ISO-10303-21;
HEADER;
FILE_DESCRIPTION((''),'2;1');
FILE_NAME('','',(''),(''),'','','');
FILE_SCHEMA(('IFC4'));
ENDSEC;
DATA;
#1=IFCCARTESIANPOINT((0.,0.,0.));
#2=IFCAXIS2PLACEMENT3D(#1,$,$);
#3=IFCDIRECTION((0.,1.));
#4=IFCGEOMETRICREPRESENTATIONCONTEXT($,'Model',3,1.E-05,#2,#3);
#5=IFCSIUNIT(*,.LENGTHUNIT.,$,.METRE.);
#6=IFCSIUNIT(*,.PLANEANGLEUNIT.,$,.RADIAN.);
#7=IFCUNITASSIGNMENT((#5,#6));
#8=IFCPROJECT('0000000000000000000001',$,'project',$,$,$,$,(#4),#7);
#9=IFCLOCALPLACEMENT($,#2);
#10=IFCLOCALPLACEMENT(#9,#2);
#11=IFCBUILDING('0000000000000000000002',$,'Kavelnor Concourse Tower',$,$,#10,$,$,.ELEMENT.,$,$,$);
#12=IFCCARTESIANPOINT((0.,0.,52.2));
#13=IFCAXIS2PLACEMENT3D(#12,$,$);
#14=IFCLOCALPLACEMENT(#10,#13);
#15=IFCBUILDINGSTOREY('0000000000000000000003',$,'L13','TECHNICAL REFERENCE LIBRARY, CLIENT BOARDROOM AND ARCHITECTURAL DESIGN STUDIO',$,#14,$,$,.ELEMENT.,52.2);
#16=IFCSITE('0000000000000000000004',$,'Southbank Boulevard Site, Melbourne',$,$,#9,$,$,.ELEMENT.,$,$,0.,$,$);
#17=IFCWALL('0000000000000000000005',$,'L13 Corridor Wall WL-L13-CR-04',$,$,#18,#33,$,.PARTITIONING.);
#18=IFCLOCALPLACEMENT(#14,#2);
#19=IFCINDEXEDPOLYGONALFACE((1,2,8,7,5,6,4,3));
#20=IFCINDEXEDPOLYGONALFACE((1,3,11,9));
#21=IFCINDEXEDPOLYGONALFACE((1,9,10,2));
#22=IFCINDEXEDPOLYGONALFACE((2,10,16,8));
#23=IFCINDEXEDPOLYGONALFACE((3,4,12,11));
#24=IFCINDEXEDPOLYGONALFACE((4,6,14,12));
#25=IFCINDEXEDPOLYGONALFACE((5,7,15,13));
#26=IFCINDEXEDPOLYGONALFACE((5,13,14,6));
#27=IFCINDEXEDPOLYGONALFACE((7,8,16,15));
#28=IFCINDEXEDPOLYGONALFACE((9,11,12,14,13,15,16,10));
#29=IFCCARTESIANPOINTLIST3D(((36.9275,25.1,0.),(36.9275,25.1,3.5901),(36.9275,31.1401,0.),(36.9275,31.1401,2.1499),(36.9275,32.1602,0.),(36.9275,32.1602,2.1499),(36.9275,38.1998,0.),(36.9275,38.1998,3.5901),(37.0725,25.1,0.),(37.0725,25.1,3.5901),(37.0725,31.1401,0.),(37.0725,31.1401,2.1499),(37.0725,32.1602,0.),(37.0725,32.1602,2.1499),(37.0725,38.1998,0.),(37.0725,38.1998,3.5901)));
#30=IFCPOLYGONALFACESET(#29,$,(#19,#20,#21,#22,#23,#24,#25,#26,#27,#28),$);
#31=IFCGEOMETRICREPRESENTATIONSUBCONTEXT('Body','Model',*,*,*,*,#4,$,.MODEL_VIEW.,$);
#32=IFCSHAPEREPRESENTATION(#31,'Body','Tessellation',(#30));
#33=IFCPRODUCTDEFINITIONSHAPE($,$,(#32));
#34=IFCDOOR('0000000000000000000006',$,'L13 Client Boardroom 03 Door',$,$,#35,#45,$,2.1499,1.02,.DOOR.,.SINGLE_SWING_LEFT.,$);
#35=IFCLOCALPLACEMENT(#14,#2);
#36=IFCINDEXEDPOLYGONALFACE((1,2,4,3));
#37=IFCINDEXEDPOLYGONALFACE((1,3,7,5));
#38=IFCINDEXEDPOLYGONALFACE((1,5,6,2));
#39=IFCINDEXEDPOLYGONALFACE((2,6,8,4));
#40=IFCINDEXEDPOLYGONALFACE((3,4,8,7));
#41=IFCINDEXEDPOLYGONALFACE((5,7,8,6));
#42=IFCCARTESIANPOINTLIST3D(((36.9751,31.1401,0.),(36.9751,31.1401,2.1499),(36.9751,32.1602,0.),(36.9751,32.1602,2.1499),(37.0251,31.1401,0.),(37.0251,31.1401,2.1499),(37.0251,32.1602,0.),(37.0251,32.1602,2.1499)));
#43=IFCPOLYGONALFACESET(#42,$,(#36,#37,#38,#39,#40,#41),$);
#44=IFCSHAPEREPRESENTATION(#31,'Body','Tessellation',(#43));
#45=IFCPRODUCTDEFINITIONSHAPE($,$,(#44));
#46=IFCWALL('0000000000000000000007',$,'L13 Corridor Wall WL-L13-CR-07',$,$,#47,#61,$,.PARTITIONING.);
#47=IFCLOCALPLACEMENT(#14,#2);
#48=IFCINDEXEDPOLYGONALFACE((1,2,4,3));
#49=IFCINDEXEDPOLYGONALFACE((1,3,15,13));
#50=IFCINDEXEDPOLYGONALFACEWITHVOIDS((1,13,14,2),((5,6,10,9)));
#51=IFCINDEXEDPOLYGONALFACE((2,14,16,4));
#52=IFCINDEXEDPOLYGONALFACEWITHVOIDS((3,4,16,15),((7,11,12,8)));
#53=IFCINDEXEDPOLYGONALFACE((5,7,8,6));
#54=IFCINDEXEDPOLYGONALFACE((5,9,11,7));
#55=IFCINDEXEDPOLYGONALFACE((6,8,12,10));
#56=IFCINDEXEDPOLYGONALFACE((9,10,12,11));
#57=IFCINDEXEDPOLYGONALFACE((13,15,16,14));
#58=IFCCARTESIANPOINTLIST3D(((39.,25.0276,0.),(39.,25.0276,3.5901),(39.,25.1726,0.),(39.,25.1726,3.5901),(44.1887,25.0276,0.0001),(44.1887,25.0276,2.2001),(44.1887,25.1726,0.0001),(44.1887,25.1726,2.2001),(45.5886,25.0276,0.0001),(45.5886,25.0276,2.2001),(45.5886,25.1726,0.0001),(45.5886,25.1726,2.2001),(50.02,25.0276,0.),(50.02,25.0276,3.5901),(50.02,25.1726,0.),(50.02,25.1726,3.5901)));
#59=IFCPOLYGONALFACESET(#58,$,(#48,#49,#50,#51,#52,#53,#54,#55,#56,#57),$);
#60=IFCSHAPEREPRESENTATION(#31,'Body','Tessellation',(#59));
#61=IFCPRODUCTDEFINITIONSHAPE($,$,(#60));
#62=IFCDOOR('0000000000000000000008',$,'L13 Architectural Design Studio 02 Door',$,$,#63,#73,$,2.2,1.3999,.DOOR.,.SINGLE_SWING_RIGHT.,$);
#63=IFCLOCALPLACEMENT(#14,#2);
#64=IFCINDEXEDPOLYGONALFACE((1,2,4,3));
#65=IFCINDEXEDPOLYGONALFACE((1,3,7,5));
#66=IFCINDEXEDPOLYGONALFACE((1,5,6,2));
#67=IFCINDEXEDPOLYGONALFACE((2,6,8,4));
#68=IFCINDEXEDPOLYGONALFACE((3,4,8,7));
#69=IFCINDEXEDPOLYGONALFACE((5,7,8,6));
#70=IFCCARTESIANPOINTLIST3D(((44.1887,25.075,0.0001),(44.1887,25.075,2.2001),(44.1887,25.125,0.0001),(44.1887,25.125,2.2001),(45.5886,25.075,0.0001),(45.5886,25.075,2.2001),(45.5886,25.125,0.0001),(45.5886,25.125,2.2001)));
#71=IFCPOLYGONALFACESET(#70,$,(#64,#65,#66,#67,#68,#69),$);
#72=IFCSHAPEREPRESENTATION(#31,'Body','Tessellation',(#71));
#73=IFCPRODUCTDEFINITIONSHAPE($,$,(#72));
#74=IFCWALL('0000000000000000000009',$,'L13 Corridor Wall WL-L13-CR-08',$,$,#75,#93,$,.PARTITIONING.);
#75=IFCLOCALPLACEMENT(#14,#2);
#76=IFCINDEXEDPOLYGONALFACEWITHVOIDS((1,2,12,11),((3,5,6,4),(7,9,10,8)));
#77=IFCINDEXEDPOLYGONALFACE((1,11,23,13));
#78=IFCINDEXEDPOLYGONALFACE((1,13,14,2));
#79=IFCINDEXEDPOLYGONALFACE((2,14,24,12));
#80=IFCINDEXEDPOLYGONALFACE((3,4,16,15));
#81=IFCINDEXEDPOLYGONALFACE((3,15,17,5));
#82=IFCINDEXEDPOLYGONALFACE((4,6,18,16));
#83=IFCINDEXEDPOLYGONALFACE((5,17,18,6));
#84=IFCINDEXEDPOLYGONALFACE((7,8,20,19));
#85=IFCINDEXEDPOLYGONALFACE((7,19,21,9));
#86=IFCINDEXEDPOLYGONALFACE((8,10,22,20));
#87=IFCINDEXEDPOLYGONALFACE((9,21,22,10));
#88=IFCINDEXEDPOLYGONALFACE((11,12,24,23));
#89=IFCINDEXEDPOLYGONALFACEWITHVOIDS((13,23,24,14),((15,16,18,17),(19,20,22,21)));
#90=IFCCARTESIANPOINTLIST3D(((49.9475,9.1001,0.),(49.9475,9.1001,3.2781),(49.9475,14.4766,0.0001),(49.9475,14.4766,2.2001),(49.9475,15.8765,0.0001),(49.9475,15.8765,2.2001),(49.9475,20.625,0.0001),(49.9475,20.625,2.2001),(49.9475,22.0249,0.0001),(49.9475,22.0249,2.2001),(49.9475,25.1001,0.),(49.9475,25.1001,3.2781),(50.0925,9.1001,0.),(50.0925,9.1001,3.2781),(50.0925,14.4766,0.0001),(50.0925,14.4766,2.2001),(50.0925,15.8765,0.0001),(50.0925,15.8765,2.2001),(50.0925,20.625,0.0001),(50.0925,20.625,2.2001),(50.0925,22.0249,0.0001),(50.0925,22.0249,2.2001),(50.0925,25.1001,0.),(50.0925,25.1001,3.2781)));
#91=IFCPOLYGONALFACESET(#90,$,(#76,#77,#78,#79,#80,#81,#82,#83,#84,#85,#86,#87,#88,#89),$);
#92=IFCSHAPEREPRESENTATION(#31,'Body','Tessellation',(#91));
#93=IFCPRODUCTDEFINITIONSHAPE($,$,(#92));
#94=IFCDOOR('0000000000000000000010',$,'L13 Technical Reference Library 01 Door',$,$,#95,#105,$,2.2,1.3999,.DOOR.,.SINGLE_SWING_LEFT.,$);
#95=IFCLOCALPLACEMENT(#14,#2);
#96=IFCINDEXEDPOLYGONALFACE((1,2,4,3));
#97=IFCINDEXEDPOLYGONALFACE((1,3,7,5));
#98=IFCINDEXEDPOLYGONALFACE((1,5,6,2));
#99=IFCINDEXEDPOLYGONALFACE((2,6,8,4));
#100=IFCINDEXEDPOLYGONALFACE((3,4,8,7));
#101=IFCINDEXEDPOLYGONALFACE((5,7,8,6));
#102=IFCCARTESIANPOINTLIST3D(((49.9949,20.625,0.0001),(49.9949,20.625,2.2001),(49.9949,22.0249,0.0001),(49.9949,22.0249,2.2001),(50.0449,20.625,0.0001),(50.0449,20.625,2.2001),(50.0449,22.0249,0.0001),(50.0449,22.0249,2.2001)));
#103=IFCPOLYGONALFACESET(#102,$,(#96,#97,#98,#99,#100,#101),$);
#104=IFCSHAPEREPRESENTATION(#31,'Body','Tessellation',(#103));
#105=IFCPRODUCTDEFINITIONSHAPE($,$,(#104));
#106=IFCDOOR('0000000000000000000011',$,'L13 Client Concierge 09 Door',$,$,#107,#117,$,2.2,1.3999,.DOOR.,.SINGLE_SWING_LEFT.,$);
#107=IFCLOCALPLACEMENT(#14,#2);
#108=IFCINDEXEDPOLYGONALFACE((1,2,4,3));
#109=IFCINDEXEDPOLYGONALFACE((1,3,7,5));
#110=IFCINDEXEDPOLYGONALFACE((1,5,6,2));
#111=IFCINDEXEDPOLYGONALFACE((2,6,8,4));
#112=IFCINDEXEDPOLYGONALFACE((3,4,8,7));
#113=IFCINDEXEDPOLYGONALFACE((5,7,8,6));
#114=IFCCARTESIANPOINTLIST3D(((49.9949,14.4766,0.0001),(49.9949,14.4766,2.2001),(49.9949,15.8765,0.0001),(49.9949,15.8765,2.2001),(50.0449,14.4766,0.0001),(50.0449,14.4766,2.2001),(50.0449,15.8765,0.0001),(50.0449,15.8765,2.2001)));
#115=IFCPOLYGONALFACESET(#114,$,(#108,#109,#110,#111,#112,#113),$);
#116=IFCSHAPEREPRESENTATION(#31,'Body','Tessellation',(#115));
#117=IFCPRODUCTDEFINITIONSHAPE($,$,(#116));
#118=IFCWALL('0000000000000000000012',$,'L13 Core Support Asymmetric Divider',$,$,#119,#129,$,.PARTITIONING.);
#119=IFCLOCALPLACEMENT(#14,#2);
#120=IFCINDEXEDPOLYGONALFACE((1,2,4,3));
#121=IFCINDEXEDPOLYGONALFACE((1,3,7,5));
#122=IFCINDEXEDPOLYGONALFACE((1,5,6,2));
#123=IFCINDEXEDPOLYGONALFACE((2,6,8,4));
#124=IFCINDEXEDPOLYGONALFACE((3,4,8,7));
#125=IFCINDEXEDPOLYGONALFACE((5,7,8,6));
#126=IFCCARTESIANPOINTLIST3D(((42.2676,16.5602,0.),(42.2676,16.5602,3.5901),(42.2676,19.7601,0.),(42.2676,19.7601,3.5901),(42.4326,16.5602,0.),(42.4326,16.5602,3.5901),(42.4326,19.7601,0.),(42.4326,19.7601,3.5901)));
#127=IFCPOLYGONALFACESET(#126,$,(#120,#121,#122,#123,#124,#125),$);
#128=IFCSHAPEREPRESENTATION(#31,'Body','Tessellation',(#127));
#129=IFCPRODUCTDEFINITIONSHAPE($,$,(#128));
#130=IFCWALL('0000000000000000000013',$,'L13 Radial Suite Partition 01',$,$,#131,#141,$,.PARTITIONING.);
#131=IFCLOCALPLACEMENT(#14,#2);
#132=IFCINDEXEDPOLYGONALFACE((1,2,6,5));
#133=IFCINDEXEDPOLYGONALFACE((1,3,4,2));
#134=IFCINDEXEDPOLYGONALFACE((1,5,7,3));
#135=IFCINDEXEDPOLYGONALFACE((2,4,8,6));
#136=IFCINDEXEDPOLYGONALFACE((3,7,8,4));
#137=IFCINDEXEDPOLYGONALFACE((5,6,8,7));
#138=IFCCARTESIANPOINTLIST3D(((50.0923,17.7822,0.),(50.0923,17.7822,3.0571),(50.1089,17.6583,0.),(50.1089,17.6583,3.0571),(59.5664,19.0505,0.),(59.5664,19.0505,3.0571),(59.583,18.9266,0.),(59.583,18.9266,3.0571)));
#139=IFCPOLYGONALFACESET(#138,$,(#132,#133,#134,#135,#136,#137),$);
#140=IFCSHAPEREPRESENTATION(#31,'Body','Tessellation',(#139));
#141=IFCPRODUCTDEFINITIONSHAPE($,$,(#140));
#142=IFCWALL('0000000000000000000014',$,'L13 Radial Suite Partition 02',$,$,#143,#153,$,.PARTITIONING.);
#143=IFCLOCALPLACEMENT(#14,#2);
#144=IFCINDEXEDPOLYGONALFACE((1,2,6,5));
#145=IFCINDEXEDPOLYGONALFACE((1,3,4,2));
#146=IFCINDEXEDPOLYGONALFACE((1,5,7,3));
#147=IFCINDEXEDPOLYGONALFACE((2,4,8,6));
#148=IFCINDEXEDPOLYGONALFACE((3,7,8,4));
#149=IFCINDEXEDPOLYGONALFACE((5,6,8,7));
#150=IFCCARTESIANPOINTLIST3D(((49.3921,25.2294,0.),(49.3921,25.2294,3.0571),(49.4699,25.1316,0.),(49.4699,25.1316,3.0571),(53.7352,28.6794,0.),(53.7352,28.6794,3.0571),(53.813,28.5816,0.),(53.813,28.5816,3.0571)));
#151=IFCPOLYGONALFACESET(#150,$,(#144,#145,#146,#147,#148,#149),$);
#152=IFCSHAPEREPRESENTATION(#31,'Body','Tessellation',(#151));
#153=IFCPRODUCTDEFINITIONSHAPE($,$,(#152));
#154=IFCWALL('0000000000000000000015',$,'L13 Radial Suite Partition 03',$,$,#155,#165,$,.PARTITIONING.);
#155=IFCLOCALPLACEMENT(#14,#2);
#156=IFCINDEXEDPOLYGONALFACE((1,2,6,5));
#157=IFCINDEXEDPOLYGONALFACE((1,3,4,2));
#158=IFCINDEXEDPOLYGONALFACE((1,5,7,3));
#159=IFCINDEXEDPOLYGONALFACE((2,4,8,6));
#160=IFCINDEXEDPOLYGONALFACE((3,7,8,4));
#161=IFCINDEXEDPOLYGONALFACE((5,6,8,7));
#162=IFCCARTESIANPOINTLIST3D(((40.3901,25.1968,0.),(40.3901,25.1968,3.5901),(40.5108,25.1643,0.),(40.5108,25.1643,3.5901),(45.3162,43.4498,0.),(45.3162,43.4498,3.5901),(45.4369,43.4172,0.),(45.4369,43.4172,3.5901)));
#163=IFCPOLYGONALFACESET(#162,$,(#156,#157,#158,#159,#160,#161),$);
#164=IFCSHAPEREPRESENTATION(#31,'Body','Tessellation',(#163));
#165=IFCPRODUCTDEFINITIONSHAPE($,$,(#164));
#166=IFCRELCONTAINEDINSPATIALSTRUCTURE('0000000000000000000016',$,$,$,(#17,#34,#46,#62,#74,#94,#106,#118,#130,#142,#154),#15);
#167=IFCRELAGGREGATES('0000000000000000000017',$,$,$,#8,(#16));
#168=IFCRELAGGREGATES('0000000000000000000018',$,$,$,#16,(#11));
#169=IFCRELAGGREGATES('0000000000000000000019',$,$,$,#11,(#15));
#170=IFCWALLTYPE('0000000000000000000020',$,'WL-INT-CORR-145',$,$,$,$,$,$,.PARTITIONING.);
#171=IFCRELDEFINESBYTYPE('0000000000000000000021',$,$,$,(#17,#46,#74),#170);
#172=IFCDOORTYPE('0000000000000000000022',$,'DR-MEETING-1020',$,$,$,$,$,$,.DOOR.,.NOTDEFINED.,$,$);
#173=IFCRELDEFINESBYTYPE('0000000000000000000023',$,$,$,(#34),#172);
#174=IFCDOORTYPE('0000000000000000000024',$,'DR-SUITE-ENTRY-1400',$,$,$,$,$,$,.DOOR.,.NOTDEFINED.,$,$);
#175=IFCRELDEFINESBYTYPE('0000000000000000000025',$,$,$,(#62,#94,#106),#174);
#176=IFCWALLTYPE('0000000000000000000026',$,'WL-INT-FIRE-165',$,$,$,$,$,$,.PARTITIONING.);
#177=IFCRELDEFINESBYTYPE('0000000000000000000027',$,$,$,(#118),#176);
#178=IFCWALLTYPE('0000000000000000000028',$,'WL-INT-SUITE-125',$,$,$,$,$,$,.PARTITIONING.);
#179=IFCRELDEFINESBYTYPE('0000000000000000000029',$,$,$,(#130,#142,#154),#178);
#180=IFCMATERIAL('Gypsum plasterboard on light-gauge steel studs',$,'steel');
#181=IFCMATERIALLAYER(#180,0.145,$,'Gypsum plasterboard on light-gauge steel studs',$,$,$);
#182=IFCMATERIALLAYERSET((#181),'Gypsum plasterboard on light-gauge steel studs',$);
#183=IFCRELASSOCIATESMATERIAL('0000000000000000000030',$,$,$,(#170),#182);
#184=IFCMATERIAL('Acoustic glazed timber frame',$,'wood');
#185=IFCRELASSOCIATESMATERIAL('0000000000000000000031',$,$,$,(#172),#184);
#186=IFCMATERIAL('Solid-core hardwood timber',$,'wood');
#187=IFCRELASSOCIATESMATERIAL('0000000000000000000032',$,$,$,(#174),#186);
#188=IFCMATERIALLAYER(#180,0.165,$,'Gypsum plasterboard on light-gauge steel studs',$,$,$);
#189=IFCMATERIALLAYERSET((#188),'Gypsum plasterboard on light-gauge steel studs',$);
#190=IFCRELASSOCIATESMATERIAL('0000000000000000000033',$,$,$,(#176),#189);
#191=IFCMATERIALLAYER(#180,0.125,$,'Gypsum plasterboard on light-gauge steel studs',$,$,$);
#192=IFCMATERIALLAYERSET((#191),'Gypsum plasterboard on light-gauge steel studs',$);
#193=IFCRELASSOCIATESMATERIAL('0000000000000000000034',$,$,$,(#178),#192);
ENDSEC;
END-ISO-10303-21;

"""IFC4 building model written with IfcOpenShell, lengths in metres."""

from ifc_helpers import new_model, si_unit, direction, frame, frame_2d, origin, place, context, subcontext, project, spatial, rectangle, extrude, material, layer, layer_set, type_object, element, fill, save


model = new_model("IFC4")

# Units and contexts
model_context = context("Model", 3, precision=1e-05, world=origin(), true_north=direction((0.0, 1.0)))
body_context = subcontext(model_context, "Body", "Model", "MODEL_VIEW")
ifc_project = project(units=[si_unit("LENGTHUNIT", "METRE"), si_unit("PLANEANGLEUNIT", "RADIAN")], contexts=[model_context])

# Site, building, storey
site_placement = place(None, origin())
site = spatial("IfcSite", under=ifc_project, at=site_placement, Name="Southbank Boulevard Site, Melbourne", CompositionType="ELEMENT", RefElevation=0.0)
building_placement = place(site_placement, origin())
building = spatial("IfcBuilding", under=site, at=building_placement, Name="Kavelnor Concourse Tower", CompositionType="ELEMENT")
storey_placement = place(building_placement, frame((0.0, 0.0, 52.2)))
storey = spatial("IfcBuildingStorey", under=building, at=storey_placement, Name="L13", Description="TECHNICAL REFERENCE LIBRARY, CLIENT BOARDROOM AND ARCHITECTURAL DESIGN STUDIO", CompositionType="ELEMENT", Elevation=52.2)

# Walls, openings, doors
ifc_material_1 = material(Name="Gypsum plasterboard on light-gauge steel studs", Category="steel")
ifc_layer_1 = layer(ifc_material_1, 0.145, Name="Gypsum plasterboard on light-gauge steel studs")
ifc_layer_set_1 = layer_set([ifc_layer_1], Name="Gypsum plasterboard on light-gauge steel studs")
wall_type_1 = type_object("IfcWallType", Name="WL-INT-CORR-145", PredefinedType="PARTITIONING", material=ifc_layer_set_1)
wall_1_placement = place(storey_placement, frame((37.0, 25.1001, 0.0), z_axis=(0.0, 0.0, 1.0), x_axis=(0.0, 1.0, 0.0)))
wall_1 = element("IfcWall", 1, at=wall_1_placement, inside=storey, type_object=wall_type_1, Name="L13 Corridor Wall WL-L13-CR-04", PredefinedType="PARTITIONING", context=body_context, shape_type="SweptSolid", body=[
    extrude(rectangle(XDim=13.0999, YDim=0.145, at=frame_2d((6.5498, 0.0))), origin(), (0.0, 0.0, 1.0), 3.5901),
])
opening_1_placement = place(wall_1_placement, frame((6.04, 0.0, 0.0)))
opening_1 = element("IfcOpeningElement", 2, at=opening_1_placement, cuts=wall_1, PredefinedType="OPENING", context=body_context, shape_type="SweptSolid", body=[
    extrude(rectangle(XDim=1.02, YDim=2.1499, at=frame_2d((0.51, 1.075))), frame((0.0, 0.0825, 0.0), z_axis=(0.0, -1.0, 0.0), x_axis=(1.0, 0.0, 0.0)), (0.0, 0.0, 1.0), 0.165),
])
ifc_material_2 = material(Name="Acoustic glazed timber frame", Category="wood")
door_type_1 = type_object("IfcDoorType", Name="DR-MEETING-1020", OperationType="NOTDEFINED", PredefinedType="DOOR", material=ifc_material_2)
door_1_placement = place(opening_1_placement, origin())
door_1 = element("IfcDoor", 3, at=door_1_placement, inside=storey, type_object=door_type_1, Name="L13 Client Boardroom 03 Door", OperationType="SINGLE_SWING_LEFT", OverallHeight=2.1499, OverallWidth=1.02, PredefinedType="DOOR", context=body_context, shape_type="SweptSolid", body=[
    extrude(rectangle(XDim=1.02, YDim=2.1499, at=frame_2d((0.51, 1.075))), frame((0.0, 0.0249, 0.0), z_axis=(0.0, -1.0, 0.0), x_axis=(1.0, 0.0, 0.0)), (0.0, 0.0, 1.0), 0.05),
])
fill(opening_1, door_1)
wall_2_placement = place(storey_placement, frame((39.0, 25.1001, 0.0), z_axis=(0.0, 0.0, 1.0), x_axis=(1.0, 0.0, 0.0)))
wall_2 = element("IfcWall", 4, at=wall_2_placement, inside=storey, type_object=wall_type_1, Name="L13 Corridor Wall WL-L13-CR-07", PredefinedType="PARTITIONING", context=body_context, shape_type="SweptSolid", body=[
    extrude(rectangle(XDim=11.02, YDim=0.145, at=frame_2d((5.51, 0.0))), origin(), (0.0, 0.0, 1.0), 3.5901),
])
opening_2_placement = place(wall_2_placement, frame((5.1887, 0.0, 0.0)))
opening_2 = element("IfcOpeningElement", 5, at=opening_2_placement, cuts=wall_2, PredefinedType="OPENING", context=body_context, shape_type="SweptSolid", body=[
    extrude(rectangle(XDim=1.3999, YDim=2.2, at=frame_2d((0.7, 1.1001))), frame((0.0, 0.0825, 0.0), z_axis=(0.0, -1.0, 0.0), x_axis=(1.0, 0.0, 0.0)), (0.0, 0.0, 1.0), 0.165),
])
ifc_material_3 = material(Name="Solid-core hardwood timber", Category="wood")
door_type_2 = type_object("IfcDoorType", Name="DR-SUITE-ENTRY-1400", OperationType="NOTDEFINED", PredefinedType="DOOR", material=ifc_material_3)
door_2_placement = place(opening_2_placement, origin())
door_2 = element("IfcDoor", 6, at=door_2_placement, inside=storey, type_object=door_type_2, Name="L13 Architectural Design Studio 02 Door", OperationType="SINGLE_SWING_RIGHT", OverallHeight=2.2, OverallWidth=1.3999, PredefinedType="DOOR", context=body_context, shape_type="SweptSolid", body=[
    extrude(rectangle(XDim=1.3999, YDim=2.2, at=frame_2d((0.7, 1.1001))), frame((0.0, 0.0249, 0.0), z_axis=(0.0, -1.0, 0.0), x_axis=(1.0, 0.0, 0.0)), (0.0, 0.0, 1.0), 0.05),
])
fill(opening_2, door_2)

# Wall, openings, doors
wall_3_placement = place(storey_placement, frame((50.02, 25.1001, 0.0), z_axis=(0.0, 0.0, 1.0), x_axis=(0.0, -1.0, 0.0)))
wall_3 = element("IfcWall", 7, at=wall_3_placement, inside=storey, type_object=wall_type_1, Name="L13 Corridor Wall WL-L13-CR-08", PredefinedType="PARTITIONING", context=body_context, shape_type="SweptSolid", body=[
    extrude(rectangle(XDim=16.0, YDim=0.145, at=frame_2d((8.0, 0.0))), origin(), (0.0, 0.0, 1.0), 3.2781),
])
opening_3_placement = place(wall_3_placement, frame((3.0752, 0.0, 0.0)))
opening_3 = element("IfcOpeningElement", 8, at=opening_3_placement, cuts=wall_3, PredefinedType="OPENING", context=body_context, shape_type="SweptSolid", body=[
    extrude(rectangle(XDim=1.3999, YDim=2.2, at=frame_2d((0.7, 1.1001))), frame((0.0, 0.0825, 0.0), z_axis=(0.0, -1.0, 0.0), x_axis=(1.0, 0.0, 0.0)), (0.0, 0.0, 1.0), 0.165),
])
opening_4_placement = place(wall_3_placement, frame((9.2236, 0.0, 0.0)))
opening_4 = element("IfcOpeningElement", 9, at=opening_4_placement, cuts=wall_3, PredefinedType="OPENING", context=body_context, shape_type="SweptSolid", body=[
    extrude(rectangle(XDim=1.3999, YDim=2.2, at=frame_2d((0.7, 1.1001))), frame((0.0, 0.0825, 0.0), z_axis=(0.0, -1.0, 0.0), x_axis=(1.0, 0.0, 0.0)), (0.0, 0.0, 1.0), 0.165),
])
door_3_placement = place(opening_3_placement, origin())
door_3 = element("IfcDoor", 10, at=door_3_placement, inside=storey, type_object=door_type_2, Name="L13 Technical Reference Library 01 Door", OperationType="SINGLE_SWING_LEFT", OverallHeight=2.2, OverallWidth=1.3999, PredefinedType="DOOR", context=body_context, shape_type="SweptSolid", body=[
    extrude(rectangle(XDim=1.3999, YDim=2.2, at=frame_2d((0.7, 1.1001))), frame((0.0, 0.0249, 0.0), z_axis=(0.0, -1.0, 0.0), x_axis=(1.0, 0.0, 0.0)), (0.0, 0.0, 1.0), 0.05),
])
fill(opening_3, door_3)
door_4_placement = place(opening_4_placement, origin())
door_4 = element("IfcDoor", 11, at=door_4_placement, inside=storey, type_object=door_type_2, Name="L13 Client Concierge 09 Door", OperationType="SINGLE_SWING_LEFT", OverallHeight=2.2, OverallWidth=1.3999, PredefinedType="DOOR", context=body_context, shape_type="SweptSolid", body=[
    extrude(rectangle(XDim=1.3999, YDim=2.2, at=frame_2d((0.7, 1.1001))), frame((0.0, 0.0249, 0.0), z_axis=(0.0, -1.0, 0.0), x_axis=(1.0, 0.0, 0.0)), (0.0, 0.0, 1.0), 0.05),
])
fill(opening_4, door_4)

# Walls
ifc_layer_2 = layer(ifc_material_1, 0.165, Name="Gypsum plasterboard on light-gauge steel studs")
ifc_layer_set_2 = layer_set([ifc_layer_2], Name="Gypsum plasterboard on light-gauge steel studs")
wall_type_2 = type_object("IfcWallType", Name="WL-INT-FIRE-165", PredefinedType="PARTITIONING", material=ifc_layer_set_2)
wall_4_placement = place(storey_placement, frame((42.3501, 16.5601, 0.0), z_axis=(0.0, 0.0, 1.0), x_axis=(0.0, 1.0, 0.0)))
element("IfcWall", 12, at=wall_4_placement, inside=storey, type_object=wall_type_2, Name="L13 Core Support Asymmetric Divider", PredefinedType="PARTITIONING", context=body_context, shape_type="SweptSolid", body=[
    extrude(rectangle(XDim=3.2, YDim=0.165, at=frame_2d((1.6001, 0.0))), origin(), (0.0, 0.0, 1.0), 3.5901),
])
ifc_layer_3 = layer(ifc_material_1, 0.125, Name="Gypsum plasterboard on light-gauge steel studs")
ifc_layer_set_3 = layer_set([ifc_layer_3], Name="Gypsum plasterboard on light-gauge steel studs")
wall_type_3 = type_object("IfcWallType", Name="WL-INT-SUITE-125", PredefinedType="PARTITIONING", material=ifc_layer_set_3)
wall_5_placement = place(storey_placement, frame((50.1006, 17.7202, 0.0), z_axis=(0.0, 0.0, 1.0), x_axis=(0.991158, 0.132687, 0.0)))
element("IfcWall", 13, at=wall_5_placement, inside=storey, type_object=wall_type_3, Name="L13 Radial Suite Partition 01", PredefinedType="PARTITIONING", context=body_context, shape_type="SweptSolid", body=[
    extrude(rectangle(XDim=9.5586, YDim=0.125, at=frame_2d((4.7793, 0.0))), origin(), (0.0, 0.0, 1.0), 3.0571),
])
wall_6_placement = place(storey_placement, frame((49.4309, 25.1804, 0.0), z_axis=(0.0, 0.0, 1.0), x_axis=(0.783016, 0.622002, 0.0)))
element("IfcWall", 14, at=wall_6_placement, inside=storey, type_object=wall_type_3, Name="L13 Radial Suite Partition 02", PredefinedType="PARTITIONING", context=body_context, shape_type="SweptSolid", body=[
    extrude(rectangle(XDim=5.5466, YDim=0.125, at=frame_2d((2.7734, 0.0))), origin(), (0.0, 0.0, 1.0), 3.0571),
])
wall_7_placement = place(storey_placement, frame((40.4504, 25.1804, 0.0), z_axis=(0.0, 0.0, 1.0), x_axis=(0.260554, 0.965459, 0.0)))
element("IfcWall", 15, at=wall_7_placement, inside=storey, type_object=wall_type_3, Name="L13 Radial Suite Partition 03", PredefinedType="PARTITIONING", context=body_context, shape_type="SweptSolid", body=[
    extrude(rectangle(XDim=18.906, YDim=0.125, at=frame_2d((9.4531, 0.0))), origin(), (0.0, 0.0, 1.0), 3.5901),
])

save(model, "model.ifc")
